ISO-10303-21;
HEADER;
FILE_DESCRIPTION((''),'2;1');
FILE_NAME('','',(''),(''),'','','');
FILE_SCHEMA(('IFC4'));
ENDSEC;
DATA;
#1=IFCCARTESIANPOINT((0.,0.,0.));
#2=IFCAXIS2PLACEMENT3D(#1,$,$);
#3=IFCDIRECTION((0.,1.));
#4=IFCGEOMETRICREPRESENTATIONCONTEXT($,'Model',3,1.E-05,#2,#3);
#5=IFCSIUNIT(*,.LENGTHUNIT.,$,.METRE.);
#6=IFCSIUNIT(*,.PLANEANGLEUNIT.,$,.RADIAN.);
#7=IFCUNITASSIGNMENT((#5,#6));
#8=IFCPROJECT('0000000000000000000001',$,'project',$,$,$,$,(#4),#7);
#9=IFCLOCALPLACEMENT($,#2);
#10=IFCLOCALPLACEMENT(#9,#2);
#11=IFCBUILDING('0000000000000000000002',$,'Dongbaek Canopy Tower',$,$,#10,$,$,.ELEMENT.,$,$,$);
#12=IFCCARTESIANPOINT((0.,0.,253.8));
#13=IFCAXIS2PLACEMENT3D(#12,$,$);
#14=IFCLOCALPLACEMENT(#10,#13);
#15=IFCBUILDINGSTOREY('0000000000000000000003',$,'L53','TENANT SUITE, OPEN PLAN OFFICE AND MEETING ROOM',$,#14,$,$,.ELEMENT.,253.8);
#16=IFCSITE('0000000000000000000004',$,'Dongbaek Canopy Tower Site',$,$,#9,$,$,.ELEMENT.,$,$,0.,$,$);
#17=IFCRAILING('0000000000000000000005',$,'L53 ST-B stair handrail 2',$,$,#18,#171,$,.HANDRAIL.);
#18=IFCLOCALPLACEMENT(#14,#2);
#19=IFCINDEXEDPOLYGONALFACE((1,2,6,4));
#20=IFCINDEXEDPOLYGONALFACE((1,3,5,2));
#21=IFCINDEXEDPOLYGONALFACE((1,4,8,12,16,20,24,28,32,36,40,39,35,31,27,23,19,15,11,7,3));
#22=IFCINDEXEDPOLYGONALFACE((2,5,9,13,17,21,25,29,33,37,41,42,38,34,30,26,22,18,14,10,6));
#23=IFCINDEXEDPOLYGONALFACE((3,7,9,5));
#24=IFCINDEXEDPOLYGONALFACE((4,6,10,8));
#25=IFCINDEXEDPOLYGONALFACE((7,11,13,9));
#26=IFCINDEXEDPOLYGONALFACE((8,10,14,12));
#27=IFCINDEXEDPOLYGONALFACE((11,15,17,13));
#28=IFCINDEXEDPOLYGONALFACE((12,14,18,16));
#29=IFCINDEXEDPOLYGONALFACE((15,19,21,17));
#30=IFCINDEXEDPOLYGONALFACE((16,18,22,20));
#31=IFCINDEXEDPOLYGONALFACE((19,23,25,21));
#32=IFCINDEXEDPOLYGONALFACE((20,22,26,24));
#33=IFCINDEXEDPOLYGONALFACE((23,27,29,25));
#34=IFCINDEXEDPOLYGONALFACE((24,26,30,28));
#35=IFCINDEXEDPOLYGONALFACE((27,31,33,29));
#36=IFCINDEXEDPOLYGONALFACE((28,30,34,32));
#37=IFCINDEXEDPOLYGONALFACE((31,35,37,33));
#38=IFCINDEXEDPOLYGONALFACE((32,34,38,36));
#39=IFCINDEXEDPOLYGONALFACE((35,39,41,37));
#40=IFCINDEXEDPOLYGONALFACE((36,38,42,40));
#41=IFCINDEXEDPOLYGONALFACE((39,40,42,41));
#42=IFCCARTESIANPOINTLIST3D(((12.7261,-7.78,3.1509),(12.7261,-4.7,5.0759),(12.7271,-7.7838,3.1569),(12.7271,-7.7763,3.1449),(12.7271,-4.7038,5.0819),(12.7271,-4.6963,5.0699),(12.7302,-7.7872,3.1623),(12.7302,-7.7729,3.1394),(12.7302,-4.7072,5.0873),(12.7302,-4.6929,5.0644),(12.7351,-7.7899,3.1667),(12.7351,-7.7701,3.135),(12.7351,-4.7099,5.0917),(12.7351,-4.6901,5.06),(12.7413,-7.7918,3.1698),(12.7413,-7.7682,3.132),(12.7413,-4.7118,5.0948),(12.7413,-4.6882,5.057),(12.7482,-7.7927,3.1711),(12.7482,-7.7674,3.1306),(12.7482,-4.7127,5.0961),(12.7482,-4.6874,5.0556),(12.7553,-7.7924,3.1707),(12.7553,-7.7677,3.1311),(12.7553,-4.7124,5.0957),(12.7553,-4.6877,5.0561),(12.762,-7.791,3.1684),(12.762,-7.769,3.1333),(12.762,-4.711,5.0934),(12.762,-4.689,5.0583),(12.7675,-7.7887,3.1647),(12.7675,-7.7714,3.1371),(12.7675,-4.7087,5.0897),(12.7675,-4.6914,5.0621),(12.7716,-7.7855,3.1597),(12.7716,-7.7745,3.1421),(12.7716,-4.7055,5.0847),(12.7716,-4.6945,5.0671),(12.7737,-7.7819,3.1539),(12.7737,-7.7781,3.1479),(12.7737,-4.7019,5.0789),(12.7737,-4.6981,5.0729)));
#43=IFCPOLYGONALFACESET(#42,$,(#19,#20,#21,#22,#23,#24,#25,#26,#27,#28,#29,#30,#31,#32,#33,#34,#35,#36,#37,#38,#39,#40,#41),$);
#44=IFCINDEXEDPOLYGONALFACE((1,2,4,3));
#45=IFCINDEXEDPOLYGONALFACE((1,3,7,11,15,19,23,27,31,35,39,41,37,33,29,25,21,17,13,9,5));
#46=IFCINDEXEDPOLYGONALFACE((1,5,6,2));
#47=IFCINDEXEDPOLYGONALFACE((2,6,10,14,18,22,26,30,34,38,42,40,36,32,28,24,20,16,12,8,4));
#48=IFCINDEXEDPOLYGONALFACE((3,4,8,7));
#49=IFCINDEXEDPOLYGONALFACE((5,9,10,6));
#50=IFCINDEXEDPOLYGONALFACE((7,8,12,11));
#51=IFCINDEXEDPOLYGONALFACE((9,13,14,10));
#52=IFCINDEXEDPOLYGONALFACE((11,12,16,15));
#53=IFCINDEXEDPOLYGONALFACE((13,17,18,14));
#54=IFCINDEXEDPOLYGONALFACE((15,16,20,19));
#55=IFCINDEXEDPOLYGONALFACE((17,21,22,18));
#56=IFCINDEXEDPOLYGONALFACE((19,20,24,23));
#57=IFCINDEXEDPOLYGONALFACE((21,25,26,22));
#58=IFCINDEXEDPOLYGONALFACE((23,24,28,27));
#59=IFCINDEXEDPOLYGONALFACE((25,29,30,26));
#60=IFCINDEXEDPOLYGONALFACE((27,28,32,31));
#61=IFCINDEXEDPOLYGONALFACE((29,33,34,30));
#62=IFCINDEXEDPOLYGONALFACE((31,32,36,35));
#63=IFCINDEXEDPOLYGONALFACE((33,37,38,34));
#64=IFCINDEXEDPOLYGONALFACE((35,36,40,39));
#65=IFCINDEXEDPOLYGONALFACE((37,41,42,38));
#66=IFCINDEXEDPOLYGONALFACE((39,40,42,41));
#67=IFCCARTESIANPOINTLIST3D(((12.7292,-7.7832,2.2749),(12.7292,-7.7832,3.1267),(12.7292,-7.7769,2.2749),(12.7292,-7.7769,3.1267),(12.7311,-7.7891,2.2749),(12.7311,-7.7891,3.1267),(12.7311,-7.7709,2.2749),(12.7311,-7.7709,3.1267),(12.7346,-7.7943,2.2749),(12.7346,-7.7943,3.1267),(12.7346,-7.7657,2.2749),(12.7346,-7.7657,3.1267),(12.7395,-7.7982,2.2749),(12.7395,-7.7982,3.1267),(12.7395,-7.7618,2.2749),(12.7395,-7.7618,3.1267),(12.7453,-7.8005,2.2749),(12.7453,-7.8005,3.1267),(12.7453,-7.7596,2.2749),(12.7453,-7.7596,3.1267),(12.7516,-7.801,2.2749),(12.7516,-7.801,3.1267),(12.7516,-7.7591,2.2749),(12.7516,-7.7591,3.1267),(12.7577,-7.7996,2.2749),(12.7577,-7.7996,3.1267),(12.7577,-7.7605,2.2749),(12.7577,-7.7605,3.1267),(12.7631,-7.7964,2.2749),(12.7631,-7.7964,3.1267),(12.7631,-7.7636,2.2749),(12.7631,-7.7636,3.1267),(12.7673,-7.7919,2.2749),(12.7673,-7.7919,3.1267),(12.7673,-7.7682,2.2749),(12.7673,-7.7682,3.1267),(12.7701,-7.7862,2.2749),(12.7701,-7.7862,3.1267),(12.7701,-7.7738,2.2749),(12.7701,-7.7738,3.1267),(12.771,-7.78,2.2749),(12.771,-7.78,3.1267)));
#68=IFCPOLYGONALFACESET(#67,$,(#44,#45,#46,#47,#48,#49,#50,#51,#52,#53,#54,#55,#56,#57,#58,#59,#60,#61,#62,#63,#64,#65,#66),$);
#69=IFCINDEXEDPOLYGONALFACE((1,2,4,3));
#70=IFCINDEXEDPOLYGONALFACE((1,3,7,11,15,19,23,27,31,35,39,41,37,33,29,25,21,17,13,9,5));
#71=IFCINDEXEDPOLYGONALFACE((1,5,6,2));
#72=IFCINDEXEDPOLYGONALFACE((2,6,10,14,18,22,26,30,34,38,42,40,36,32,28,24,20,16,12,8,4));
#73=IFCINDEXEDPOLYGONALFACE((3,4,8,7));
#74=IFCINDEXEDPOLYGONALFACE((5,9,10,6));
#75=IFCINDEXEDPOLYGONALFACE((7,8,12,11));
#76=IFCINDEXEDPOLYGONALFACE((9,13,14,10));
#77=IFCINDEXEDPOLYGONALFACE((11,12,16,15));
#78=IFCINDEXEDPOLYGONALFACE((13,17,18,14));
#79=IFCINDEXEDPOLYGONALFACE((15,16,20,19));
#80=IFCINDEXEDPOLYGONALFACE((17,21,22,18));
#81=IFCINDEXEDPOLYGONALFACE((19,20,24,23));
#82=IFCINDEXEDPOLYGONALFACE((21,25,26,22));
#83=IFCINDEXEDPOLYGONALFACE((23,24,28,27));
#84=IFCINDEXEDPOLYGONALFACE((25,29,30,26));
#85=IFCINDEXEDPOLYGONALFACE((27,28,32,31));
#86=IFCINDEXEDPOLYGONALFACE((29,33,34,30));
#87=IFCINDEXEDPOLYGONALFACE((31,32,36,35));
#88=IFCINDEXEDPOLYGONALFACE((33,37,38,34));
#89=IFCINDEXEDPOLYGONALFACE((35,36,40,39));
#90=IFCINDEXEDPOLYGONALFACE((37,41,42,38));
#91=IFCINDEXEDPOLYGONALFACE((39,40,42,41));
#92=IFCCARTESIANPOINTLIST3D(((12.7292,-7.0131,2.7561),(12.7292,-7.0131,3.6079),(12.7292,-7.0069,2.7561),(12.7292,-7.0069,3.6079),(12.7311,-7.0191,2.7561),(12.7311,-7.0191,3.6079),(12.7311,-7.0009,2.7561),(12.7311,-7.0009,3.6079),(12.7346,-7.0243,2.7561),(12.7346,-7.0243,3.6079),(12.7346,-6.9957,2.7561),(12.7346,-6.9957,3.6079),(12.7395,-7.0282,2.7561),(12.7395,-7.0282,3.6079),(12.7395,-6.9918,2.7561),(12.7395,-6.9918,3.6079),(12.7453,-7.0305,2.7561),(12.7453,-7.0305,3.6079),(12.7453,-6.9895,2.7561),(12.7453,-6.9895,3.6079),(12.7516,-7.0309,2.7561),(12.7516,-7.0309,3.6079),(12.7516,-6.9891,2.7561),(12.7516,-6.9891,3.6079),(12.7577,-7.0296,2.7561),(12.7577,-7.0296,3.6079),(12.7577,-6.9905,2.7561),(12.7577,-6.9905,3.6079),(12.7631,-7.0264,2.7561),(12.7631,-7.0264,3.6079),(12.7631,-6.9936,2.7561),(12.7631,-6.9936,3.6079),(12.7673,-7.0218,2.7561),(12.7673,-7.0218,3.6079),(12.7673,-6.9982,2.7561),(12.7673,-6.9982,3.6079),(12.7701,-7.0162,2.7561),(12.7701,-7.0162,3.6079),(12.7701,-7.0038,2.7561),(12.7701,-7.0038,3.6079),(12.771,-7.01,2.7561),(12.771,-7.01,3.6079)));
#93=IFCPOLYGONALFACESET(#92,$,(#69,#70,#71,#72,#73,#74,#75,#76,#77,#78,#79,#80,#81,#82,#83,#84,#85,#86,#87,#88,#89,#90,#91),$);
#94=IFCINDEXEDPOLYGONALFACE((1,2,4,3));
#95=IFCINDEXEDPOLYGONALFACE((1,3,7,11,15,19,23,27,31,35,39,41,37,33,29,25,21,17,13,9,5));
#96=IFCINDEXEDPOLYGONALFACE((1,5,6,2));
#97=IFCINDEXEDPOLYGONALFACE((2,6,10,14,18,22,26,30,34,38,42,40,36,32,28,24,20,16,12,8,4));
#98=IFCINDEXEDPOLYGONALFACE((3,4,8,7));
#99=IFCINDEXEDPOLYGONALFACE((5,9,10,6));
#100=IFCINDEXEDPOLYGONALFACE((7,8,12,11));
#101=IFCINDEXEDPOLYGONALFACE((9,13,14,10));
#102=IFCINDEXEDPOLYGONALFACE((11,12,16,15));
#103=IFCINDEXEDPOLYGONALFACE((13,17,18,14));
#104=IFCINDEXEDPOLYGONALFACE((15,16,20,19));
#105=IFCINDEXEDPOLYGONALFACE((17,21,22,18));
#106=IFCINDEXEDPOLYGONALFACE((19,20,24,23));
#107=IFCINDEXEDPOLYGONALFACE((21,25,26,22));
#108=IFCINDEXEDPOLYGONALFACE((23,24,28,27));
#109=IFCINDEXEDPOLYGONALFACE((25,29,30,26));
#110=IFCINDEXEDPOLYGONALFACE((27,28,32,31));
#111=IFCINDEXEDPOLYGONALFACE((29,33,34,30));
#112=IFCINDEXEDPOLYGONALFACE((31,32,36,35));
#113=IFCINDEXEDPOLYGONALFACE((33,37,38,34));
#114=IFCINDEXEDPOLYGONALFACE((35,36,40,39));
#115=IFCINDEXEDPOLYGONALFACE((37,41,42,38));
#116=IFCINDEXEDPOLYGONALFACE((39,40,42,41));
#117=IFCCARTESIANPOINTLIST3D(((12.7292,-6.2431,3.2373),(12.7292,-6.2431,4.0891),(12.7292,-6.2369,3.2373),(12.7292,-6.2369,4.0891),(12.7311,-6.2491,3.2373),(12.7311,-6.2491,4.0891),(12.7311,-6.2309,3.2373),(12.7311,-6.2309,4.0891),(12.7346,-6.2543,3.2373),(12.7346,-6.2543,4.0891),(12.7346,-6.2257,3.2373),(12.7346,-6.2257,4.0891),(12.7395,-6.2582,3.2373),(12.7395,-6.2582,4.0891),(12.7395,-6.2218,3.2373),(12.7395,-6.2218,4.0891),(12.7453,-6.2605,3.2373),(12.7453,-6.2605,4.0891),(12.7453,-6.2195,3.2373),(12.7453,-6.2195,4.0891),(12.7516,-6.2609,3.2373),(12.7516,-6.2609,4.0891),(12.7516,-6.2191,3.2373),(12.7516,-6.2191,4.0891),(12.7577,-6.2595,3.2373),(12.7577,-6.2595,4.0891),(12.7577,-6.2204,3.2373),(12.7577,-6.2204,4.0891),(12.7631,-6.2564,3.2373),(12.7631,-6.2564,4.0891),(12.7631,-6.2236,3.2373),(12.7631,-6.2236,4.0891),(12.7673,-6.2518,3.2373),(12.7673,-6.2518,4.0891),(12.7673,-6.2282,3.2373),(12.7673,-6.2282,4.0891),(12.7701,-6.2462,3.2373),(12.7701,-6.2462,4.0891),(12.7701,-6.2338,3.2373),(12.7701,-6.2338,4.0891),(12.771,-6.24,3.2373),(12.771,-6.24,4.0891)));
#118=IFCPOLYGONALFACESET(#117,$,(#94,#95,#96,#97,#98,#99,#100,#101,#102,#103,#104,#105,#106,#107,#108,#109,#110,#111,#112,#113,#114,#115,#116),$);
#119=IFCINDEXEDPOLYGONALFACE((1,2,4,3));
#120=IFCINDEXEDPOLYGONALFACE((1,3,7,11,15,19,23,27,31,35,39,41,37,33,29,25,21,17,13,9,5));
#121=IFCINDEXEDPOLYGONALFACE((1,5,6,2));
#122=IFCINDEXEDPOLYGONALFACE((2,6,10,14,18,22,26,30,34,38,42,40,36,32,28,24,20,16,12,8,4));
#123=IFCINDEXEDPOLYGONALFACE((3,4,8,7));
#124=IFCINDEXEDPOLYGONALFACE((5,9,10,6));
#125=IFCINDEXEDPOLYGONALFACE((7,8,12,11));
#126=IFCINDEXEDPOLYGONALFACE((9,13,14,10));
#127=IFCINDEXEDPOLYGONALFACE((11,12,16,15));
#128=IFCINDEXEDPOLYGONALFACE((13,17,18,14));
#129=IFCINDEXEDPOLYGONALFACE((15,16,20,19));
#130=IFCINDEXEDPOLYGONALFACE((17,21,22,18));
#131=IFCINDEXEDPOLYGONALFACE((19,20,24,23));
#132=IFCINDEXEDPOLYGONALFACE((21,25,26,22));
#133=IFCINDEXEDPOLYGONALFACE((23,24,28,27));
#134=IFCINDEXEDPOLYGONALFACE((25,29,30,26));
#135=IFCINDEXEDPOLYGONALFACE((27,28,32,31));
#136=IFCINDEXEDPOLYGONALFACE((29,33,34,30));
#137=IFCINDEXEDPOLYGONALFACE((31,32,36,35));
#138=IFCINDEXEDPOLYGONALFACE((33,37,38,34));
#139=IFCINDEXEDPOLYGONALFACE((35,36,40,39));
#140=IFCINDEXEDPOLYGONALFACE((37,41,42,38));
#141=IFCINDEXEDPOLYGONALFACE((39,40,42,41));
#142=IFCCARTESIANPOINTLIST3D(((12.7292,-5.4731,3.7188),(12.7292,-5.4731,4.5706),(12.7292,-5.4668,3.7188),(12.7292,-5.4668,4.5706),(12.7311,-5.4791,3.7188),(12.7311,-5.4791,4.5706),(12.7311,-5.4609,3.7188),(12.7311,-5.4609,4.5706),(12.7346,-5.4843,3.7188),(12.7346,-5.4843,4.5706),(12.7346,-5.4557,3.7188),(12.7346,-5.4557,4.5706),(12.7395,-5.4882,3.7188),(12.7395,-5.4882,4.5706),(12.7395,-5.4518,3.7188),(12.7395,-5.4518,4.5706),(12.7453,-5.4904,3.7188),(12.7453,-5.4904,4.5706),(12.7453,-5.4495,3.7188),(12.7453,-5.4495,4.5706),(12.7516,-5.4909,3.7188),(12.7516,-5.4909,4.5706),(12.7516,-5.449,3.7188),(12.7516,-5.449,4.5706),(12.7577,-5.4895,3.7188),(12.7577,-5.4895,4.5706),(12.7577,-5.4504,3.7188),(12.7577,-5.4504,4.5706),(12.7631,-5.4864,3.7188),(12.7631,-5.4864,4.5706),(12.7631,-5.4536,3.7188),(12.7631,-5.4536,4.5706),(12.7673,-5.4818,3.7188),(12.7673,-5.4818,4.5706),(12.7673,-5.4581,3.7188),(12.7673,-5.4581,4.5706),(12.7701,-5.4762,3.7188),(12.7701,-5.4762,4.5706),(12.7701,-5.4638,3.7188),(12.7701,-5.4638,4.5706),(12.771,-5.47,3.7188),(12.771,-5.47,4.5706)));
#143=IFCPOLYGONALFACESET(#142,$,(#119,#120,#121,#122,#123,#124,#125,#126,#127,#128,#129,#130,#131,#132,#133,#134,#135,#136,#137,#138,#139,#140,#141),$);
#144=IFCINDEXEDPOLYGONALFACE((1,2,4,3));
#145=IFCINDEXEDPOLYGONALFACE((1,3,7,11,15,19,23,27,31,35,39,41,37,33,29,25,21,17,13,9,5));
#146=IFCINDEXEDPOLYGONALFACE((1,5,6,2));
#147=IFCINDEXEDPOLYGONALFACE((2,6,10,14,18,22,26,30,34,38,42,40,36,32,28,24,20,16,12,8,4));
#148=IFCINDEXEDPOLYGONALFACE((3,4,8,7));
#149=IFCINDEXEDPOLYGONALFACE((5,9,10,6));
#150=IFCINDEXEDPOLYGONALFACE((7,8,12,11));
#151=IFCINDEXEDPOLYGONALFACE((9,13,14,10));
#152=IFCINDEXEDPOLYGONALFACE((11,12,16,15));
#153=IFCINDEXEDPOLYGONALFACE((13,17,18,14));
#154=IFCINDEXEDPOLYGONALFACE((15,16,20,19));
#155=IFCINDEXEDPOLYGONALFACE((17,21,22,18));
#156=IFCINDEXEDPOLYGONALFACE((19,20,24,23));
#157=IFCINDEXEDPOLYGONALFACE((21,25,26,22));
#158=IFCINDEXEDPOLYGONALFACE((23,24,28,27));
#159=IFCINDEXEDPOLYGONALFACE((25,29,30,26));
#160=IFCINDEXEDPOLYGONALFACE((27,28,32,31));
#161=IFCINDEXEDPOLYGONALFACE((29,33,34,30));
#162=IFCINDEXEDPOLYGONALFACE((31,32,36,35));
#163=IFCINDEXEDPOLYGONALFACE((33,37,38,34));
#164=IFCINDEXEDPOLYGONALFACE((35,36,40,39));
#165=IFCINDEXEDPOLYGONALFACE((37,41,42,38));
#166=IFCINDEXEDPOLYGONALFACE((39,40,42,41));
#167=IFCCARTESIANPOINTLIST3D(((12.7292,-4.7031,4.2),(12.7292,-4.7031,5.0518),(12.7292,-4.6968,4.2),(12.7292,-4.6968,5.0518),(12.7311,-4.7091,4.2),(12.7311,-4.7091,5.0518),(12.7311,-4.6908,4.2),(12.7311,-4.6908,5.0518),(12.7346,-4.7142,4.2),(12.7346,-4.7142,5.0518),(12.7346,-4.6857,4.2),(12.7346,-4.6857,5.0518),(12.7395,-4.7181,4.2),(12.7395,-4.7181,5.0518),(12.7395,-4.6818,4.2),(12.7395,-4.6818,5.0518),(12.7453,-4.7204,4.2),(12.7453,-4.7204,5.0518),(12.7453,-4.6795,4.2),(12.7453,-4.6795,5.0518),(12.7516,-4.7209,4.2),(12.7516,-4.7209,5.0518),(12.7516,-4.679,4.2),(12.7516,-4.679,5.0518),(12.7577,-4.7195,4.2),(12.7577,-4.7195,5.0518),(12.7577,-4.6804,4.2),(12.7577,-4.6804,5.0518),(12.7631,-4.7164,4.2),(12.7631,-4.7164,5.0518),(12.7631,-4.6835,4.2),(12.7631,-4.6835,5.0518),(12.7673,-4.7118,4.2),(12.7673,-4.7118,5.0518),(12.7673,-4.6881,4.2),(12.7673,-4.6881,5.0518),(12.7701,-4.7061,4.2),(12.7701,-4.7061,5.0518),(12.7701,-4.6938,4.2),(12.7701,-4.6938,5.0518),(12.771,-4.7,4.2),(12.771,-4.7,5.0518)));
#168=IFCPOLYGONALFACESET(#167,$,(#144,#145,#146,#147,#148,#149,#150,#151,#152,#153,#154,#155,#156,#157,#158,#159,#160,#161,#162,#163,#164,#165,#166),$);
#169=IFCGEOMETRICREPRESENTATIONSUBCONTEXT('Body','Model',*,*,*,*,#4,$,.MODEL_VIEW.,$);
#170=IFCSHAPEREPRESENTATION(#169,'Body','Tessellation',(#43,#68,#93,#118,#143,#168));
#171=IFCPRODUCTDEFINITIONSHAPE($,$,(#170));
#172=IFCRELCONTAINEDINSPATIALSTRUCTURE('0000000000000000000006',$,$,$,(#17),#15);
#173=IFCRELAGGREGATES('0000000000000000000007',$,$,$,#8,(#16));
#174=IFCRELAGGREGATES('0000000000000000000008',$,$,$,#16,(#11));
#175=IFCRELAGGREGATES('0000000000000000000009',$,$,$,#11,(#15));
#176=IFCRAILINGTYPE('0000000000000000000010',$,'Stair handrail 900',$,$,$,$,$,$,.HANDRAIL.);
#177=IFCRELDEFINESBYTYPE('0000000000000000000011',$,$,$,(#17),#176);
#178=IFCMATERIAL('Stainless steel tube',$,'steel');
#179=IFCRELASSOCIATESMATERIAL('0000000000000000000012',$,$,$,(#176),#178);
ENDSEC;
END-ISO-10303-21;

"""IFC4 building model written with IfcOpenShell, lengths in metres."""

from ifc_helpers import new_model, si_unit, direction, frame, origin, origin_2d, place, context, subcontext, project, spatial, circle, extrude, material, type_object, element, save


model = new_model("IFC4")

# Units and contexts
model_context = context("Model", 3, precision=1e-05, world=origin(), true_north=direction((0.0, 1.0)))
body_context = subcontext(model_context, "Body", "Model", "MODEL_VIEW")
ifc_project = project(units=[si_unit("LENGTHUNIT", "METRE"), si_unit("PLANEANGLEUNIT", "RADIAN")], contexts=[model_context])

# Site, building, storey
site_placement = place(None, origin())
site = spatial("IfcSite", under=ifc_project, at=site_placement, Name="Dongbaek Canopy Tower Site", CompositionType="ELEMENT", RefElevation=0.0)
building_placement = place(site_placement, origin())
building = spatial("IfcBuilding", under=site, at=building_placement, Name="Dongbaek Canopy Tower", CompositionType="ELEMENT")
storey_placement = place(building_placement, frame((0.0, 0.0, 253.8)))
storey = spatial("IfcBuildingStorey", under=building, at=storey_placement, Name="L53", Description="TENANT SUITE, OPEN PLAN OFFICE AND MEETING ROOM", CompositionType="ELEMENT", Elevation=253.8)

# Railing
ifc_material_1 = material(Name="Stainless steel tube", Category="steel")
railing_type_1 = type_object("IfcRailingType", Name="Stair handrail 900", PredefinedType="HANDRAIL", material=ifc_material_1)
railing_1_placement = place(storey_placement, frame((12.75, -7.78, 2.2749)))
element("IfcRailing", 1, at=railing_1_placement, inside=storey, type_object=railing_type_1, Name="L53 ST-B stair handrail 2", PredefinedType="HANDRAIL", context=body_context, shape_type="SweptSolid", body=[
    extrude(circle(Radius=0.0239, at=origin_2d()), frame((0.0, 0.0, 0.876), z_axis=(0.0, 0.847998, 0.529999), x_axis=(-1.0, 0.0, 0.0)), (0.0, 0.0, 1.0), 3.6321),
    extrude(circle(Radius=0.021, at=origin_2d()), origin(), (0.0, 0.0, 1.0), 0.8518),
    extrude(circle(Radius=0.021, at=origin_2d()), frame((0.0, 0.77, 0.4812)), (0.0, 0.0, 1.0), 0.8518),
    extrude(circle(Radius=0.021, at=origin_2d()), frame((0.0, 1.54, 0.9624)), (0.0, 0.0, 1.0), 0.8518),
    extrude(circle(Radius=0.021, at=origin_2d()), frame((0.0, 2.3101, 1.4438)), (0.0, 0.0, 1.0), 0.8518),
    extrude(circle(Radius=0.021, at=origin_2d()), frame((0.0, 3.0801, 1.925)), (0.0, 0.0, 1.0), 0.8518),
])

save(model, "model.ifc")
